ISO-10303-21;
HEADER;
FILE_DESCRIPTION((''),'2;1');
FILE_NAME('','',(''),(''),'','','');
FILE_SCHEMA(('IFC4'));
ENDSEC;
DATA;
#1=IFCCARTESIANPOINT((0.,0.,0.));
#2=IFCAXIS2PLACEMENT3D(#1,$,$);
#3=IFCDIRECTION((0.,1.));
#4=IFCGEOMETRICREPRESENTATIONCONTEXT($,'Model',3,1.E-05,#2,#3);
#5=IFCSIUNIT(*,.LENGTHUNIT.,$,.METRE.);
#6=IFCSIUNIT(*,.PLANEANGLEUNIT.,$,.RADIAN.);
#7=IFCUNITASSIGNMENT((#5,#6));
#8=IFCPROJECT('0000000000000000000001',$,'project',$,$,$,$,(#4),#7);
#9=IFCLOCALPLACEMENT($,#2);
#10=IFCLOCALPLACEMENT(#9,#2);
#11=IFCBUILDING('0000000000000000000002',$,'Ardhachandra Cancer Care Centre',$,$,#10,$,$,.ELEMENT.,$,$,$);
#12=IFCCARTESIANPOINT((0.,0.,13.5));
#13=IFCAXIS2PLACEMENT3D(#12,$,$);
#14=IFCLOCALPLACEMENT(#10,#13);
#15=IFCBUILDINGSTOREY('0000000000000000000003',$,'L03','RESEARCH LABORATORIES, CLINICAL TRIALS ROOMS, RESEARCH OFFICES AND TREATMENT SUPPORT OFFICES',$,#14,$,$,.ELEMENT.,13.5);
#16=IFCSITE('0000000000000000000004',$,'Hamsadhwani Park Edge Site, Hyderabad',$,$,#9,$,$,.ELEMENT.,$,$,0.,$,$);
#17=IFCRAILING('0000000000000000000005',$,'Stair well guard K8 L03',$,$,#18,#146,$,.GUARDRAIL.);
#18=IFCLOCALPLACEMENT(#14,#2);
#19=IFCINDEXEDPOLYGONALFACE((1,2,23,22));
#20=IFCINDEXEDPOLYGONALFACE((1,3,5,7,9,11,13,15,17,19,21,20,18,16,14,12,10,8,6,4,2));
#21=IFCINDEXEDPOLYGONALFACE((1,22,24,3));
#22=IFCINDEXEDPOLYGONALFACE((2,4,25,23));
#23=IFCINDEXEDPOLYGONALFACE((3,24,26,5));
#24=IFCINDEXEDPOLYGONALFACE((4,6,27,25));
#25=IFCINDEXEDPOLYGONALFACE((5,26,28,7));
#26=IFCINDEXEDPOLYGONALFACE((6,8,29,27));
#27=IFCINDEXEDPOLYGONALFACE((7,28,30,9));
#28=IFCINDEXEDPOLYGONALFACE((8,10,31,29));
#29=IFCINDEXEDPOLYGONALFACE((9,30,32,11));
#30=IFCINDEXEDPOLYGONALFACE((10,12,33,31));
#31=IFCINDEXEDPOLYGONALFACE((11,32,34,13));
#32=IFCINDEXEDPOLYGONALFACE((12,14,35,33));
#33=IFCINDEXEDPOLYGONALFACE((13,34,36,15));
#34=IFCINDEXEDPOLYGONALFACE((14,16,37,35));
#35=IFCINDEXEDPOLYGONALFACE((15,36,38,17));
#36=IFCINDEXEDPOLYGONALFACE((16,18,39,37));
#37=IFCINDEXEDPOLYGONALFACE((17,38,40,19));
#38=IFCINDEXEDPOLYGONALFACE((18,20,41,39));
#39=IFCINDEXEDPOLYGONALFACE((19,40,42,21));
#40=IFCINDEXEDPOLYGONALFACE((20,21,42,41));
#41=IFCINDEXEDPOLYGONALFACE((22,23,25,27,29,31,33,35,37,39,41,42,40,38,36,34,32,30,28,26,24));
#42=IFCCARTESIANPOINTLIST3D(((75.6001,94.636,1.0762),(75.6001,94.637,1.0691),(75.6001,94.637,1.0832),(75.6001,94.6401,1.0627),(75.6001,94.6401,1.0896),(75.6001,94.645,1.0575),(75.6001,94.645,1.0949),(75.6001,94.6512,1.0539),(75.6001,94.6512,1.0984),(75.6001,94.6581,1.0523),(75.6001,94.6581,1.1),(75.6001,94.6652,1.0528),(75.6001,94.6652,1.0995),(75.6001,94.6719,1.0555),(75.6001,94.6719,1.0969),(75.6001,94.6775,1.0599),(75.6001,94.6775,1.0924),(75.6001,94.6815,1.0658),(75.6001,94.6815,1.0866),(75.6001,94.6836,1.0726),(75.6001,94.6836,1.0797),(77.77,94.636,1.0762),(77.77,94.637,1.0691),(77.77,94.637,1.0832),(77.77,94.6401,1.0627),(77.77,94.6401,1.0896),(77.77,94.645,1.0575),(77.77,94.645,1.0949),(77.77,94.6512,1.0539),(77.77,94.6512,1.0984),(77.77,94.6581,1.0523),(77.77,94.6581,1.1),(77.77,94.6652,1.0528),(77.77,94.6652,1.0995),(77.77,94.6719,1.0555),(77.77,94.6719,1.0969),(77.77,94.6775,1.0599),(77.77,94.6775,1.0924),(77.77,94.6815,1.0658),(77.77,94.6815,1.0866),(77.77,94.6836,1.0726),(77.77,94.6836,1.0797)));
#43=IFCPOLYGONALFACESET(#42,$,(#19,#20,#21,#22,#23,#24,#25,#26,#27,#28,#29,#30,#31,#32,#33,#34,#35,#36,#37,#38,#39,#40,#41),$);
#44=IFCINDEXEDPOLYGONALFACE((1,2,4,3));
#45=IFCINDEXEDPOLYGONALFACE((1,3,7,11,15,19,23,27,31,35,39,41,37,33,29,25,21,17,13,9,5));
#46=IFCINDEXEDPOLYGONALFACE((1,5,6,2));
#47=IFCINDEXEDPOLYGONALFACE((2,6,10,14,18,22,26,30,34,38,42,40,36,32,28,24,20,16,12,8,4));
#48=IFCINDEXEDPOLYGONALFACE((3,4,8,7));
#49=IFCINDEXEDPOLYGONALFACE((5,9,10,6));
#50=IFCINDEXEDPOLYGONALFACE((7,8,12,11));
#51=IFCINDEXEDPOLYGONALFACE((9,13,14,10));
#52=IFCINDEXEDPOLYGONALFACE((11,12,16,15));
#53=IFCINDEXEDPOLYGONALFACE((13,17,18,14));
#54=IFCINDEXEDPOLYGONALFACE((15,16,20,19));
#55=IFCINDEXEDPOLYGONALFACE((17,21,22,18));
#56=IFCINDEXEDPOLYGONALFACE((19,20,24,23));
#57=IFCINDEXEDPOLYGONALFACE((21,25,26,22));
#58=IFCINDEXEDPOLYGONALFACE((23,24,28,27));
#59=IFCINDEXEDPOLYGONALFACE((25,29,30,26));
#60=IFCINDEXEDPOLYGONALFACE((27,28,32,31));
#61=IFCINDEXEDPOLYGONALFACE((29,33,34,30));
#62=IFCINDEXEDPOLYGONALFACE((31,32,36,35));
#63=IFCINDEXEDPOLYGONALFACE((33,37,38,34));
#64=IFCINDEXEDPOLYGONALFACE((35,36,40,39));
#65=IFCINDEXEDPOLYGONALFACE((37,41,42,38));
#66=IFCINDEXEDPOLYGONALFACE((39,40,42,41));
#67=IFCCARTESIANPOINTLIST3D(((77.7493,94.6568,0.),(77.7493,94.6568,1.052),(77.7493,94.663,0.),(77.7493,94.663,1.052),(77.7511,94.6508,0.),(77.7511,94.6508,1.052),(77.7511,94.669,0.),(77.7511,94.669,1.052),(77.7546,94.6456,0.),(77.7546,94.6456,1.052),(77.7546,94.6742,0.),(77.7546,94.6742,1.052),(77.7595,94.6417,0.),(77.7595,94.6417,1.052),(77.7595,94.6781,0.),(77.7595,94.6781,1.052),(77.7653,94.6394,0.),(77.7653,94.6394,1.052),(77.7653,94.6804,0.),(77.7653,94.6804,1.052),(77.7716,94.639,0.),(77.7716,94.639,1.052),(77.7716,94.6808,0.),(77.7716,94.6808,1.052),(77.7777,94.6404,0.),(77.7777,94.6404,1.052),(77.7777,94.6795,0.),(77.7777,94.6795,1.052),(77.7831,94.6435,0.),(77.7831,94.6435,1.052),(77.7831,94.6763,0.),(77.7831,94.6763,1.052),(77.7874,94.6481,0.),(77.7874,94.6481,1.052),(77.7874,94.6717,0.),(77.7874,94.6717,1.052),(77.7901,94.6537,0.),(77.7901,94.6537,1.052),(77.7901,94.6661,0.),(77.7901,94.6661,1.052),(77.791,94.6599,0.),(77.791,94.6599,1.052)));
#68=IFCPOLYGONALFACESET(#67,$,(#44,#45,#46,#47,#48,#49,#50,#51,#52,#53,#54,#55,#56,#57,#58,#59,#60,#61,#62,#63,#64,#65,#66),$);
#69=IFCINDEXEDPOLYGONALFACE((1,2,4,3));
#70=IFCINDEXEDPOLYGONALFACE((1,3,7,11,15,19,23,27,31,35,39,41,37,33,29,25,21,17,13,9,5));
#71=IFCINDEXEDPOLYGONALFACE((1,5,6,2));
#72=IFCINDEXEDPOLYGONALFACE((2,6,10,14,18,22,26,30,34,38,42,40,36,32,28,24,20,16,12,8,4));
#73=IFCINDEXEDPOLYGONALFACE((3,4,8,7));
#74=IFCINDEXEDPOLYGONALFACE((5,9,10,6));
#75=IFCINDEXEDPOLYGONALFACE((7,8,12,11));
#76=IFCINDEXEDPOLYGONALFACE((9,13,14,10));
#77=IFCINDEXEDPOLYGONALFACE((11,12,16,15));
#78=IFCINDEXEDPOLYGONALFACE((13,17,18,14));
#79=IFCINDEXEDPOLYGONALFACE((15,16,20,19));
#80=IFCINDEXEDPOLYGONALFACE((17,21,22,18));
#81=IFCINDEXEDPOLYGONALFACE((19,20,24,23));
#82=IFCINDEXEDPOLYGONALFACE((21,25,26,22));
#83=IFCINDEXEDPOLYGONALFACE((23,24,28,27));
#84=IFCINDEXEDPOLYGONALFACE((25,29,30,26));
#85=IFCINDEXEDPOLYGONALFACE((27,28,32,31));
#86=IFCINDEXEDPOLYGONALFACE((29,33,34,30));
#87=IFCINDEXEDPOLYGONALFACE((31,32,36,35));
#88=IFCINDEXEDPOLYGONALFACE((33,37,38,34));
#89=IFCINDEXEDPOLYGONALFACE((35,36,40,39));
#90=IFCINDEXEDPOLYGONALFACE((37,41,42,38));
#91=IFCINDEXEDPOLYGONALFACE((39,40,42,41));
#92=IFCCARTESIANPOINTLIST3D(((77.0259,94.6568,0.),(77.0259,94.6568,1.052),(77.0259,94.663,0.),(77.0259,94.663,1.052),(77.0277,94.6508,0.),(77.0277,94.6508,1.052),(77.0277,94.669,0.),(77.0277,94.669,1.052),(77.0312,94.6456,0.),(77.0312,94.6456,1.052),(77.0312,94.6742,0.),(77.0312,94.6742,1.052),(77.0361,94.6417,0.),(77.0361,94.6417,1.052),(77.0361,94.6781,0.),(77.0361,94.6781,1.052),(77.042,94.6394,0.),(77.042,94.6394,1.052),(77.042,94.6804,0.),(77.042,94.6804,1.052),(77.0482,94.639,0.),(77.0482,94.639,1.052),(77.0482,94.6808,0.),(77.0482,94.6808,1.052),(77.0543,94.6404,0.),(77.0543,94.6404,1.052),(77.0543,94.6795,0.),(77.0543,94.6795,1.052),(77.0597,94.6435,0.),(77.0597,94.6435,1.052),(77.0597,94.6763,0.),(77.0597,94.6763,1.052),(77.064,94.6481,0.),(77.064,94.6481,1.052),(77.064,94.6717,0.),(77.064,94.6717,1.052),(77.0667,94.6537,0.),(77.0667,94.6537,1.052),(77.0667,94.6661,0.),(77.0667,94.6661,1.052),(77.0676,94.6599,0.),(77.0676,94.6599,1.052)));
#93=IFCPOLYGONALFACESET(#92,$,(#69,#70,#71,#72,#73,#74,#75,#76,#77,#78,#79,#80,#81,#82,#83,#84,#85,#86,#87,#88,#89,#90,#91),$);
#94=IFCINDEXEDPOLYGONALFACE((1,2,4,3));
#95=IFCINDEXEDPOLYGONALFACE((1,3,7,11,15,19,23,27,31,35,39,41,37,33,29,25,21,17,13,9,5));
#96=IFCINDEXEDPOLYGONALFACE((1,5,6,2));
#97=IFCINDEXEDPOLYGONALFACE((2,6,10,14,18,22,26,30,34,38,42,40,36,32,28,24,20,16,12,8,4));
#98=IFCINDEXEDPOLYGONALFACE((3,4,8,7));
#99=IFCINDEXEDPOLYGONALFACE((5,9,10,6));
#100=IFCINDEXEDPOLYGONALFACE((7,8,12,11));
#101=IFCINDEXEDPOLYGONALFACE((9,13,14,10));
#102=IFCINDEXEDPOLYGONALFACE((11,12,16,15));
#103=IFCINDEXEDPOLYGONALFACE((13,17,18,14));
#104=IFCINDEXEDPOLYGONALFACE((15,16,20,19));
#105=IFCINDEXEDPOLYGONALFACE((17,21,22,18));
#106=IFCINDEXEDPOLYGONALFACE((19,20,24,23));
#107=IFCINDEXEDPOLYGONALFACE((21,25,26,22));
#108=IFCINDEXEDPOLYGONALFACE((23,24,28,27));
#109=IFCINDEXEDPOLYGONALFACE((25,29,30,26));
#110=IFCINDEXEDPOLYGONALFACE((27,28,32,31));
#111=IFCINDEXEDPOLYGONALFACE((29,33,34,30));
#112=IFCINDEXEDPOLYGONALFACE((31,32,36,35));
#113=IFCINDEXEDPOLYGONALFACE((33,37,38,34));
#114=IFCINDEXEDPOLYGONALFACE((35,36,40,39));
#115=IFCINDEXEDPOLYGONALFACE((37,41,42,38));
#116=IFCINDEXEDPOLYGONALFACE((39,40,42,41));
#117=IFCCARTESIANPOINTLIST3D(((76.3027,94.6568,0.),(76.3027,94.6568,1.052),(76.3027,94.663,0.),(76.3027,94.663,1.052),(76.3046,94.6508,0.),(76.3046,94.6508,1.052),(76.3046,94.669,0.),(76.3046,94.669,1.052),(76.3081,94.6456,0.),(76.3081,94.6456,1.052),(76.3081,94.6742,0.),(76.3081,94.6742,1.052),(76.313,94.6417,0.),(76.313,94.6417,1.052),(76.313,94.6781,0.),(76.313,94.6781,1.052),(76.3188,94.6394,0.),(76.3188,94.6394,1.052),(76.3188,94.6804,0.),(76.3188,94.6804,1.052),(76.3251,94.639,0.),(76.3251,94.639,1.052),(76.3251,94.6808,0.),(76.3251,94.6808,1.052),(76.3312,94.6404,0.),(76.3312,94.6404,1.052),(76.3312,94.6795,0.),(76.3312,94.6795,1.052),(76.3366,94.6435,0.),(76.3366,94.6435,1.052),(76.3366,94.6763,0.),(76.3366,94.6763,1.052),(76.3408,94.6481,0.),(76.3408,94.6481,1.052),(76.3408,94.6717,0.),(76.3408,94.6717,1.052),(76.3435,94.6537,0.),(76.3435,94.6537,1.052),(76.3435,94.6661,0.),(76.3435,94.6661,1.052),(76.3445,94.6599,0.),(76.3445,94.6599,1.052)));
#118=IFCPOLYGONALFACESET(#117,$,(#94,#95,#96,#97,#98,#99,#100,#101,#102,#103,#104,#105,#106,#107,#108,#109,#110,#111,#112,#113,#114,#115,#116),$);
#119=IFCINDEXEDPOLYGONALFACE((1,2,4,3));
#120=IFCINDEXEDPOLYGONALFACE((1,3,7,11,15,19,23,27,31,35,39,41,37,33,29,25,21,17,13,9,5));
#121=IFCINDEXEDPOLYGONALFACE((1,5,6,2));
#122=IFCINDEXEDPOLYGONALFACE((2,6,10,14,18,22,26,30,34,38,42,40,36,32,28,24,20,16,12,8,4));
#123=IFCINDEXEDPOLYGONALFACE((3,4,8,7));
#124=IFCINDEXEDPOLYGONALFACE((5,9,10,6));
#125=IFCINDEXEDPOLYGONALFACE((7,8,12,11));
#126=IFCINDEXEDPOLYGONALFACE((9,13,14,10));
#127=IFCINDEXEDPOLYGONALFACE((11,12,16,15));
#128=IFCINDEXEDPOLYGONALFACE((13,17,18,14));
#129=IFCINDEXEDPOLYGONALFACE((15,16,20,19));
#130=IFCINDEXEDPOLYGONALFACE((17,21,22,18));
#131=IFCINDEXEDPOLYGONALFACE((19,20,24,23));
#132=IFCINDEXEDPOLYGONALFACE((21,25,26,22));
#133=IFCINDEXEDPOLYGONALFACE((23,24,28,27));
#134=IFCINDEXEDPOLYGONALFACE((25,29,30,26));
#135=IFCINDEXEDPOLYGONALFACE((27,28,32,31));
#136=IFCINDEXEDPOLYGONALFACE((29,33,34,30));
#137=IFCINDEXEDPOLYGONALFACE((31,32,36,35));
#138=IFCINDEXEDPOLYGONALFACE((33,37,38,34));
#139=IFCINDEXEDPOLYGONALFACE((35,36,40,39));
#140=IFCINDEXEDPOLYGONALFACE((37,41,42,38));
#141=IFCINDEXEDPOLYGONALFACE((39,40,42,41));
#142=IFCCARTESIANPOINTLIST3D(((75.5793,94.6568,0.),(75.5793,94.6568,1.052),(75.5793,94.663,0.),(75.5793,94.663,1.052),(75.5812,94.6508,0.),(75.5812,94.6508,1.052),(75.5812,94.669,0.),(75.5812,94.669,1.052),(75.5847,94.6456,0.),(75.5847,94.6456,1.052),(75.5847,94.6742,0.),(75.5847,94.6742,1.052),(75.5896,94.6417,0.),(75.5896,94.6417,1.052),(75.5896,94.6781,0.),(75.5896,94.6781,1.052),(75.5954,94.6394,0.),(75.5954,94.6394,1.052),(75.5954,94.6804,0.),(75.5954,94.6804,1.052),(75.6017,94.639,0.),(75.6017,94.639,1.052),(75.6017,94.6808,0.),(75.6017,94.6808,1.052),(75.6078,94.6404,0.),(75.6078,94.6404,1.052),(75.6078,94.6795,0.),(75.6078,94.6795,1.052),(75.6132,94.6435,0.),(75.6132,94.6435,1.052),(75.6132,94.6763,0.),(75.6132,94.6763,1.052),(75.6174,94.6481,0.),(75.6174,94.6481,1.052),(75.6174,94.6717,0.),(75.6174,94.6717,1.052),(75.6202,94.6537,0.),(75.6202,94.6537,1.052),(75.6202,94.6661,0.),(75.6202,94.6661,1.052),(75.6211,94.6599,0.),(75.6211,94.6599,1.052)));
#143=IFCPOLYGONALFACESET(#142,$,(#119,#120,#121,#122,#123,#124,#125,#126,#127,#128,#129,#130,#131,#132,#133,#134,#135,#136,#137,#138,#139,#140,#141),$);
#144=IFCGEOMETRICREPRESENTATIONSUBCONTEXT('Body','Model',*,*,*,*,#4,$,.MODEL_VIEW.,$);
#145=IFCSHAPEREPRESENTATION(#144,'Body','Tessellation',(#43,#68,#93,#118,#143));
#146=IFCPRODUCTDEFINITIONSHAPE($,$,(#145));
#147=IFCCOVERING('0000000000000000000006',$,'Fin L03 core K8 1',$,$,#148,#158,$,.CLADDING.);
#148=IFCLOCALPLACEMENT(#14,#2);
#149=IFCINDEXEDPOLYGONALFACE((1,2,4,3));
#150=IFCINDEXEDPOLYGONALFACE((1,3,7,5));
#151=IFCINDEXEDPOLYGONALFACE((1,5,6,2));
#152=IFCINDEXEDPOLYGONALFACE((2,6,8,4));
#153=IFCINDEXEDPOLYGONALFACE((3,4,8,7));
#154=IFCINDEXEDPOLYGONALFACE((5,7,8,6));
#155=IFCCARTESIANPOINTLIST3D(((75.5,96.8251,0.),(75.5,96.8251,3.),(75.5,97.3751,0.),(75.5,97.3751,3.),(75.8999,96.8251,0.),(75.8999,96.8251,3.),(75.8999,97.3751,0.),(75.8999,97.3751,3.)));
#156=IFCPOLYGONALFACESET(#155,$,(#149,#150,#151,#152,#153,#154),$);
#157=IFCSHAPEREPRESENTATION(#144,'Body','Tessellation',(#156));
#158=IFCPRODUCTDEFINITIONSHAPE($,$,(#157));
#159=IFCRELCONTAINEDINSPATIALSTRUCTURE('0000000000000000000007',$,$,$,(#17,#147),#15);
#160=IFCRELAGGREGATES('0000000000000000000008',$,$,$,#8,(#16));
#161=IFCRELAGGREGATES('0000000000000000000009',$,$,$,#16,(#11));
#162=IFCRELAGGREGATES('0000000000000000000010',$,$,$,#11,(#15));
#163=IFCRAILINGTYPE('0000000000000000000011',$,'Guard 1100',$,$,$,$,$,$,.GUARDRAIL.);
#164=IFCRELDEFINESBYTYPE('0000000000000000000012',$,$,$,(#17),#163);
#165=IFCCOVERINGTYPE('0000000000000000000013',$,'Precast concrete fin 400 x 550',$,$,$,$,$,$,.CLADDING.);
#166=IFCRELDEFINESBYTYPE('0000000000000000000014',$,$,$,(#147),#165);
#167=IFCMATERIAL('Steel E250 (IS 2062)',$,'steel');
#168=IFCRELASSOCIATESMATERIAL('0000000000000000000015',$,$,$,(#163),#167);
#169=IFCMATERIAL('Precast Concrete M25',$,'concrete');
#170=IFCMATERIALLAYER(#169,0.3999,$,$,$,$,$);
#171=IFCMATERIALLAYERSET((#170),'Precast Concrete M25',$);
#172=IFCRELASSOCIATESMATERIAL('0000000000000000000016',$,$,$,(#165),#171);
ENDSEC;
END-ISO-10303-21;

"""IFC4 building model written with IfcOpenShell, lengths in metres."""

from ifc_helpers import new_model, si_unit, direction, frame, origin, origin_2d, place, context, subcontext, project, spatial, rectangle, circle, extrude, material, layer, layer_set, type_object, element, save


model = new_model("IFC4")

# Units and contexts
model_context = context("Model", 3, precision=1e-05, world=origin(), true_north=direction((0.0, 1.0)))
body_context = subcontext(model_context, "Body", "Model", "MODEL_VIEW")
ifc_project = project(units=[si_unit("LENGTHUNIT", "METRE"), si_unit("PLANEANGLEUNIT", "RADIAN")], contexts=[model_context])

# Site, building, storey
site_placement = place(None, origin())
site = spatial("IfcSite", under=ifc_project, at=site_placement, Name="Hamsadhwani Park Edge Site, Hyderabad", CompositionType="ELEMENT", RefElevation=0.0)
building_placement = place(site_placement, origin())
building = spatial("IfcBuilding", under=site, at=building_placement, Name="Ardhachandra Cancer Care Centre", CompositionType="ELEMENT")
storey_placement = place(building_placement, frame((0.0, 0.0, 13.5)))
storey = spatial("IfcBuildingStorey", under=building, at=storey_placement, Name="L03", Description="RESEARCH LABORATORIES, CLINICAL TRIALS ROOMS, RESEARCH OFFICES AND TREATMENT SUPPORT OFFICES", CompositionType="ELEMENT", Elevation=13.5)

# Railing
ifc_material_1 = material(Name="Steel E250 (IS 2062)", Category="steel")
railing_type = type_object("IfcRailingType", Name="Guard 1100", PredefinedType="GUARDRAIL", material=ifc_material_1)
railing_placement = place(storey_placement, frame((77.77, 94.6599, 0.0)))
element("IfcRailing", 1, at=railing_placement, inside=storey, type_object=railing_type, Name="Stair well guard K8 L03", PredefinedType="GUARDRAIL", context=body_context, shape_type="SweptSolid", body=[
    extrude(circle(Radius=0.0239, at=origin_2d()), frame((0.0, 0.0, 1.0762), z_axis=(-1.0, 0.0, 0.0), x_axis=(0.0, -1.0, 0.0)), (0.0, 0.0, 1.0), 2.1699),
    extrude(circle(Radius=0.021, at=origin_2d()), origin(), (0.0, 0.0, 1.0), 1.052),
    extrude(circle(Radius=0.021, at=origin_2d()), frame((-0.7234, 0.0, 0.0)), (0.0, 0.0, 1.0), 1.052),
    extrude(circle(Radius=0.021, at=origin_2d()), frame((-1.4465, 0.0, 0.0)), (0.0, 0.0, 1.0), 1.052),
    extrude(circle(Radius=0.021, at=origin_2d()), frame((-2.1699, 0.0, 0.0)), (0.0, 0.0, 1.0), 1.052),
])

# Covering
ifc_material_2 = material(Name="Precast Concrete M25", Category="concrete")
ifc_layer_1 = layer(ifc_material_2, 0.3999)
ifc_layer_set_1 = layer_set([ifc_layer_1], Name="Precast Concrete M25")
covering_type = type_object("IfcCoveringType", Name="Precast concrete fin 400 x 550", PredefinedType="CLADDING", material=ifc_layer_set_1)
covering_placement = place(storey_placement, frame((75.7, 97.1001, 0.0), z_axis=(0.0, 0.0, 1.0), x_axis=(1.0, 0.0, 0.0)))
element("IfcCovering", 2, at=covering_placement, inside=storey, type_object=covering_type, Name="Fin L03 core K8 1", PredefinedType="CLADDING", context=body_context, shape_type="SweptSolid", body=[
    extrude(rectangle(XDim=0.3999, YDim=0.55, at=origin_2d()), origin(), (0.0, 0.0, 1.0), 3.0),
])

save(model, "model.ifc")
